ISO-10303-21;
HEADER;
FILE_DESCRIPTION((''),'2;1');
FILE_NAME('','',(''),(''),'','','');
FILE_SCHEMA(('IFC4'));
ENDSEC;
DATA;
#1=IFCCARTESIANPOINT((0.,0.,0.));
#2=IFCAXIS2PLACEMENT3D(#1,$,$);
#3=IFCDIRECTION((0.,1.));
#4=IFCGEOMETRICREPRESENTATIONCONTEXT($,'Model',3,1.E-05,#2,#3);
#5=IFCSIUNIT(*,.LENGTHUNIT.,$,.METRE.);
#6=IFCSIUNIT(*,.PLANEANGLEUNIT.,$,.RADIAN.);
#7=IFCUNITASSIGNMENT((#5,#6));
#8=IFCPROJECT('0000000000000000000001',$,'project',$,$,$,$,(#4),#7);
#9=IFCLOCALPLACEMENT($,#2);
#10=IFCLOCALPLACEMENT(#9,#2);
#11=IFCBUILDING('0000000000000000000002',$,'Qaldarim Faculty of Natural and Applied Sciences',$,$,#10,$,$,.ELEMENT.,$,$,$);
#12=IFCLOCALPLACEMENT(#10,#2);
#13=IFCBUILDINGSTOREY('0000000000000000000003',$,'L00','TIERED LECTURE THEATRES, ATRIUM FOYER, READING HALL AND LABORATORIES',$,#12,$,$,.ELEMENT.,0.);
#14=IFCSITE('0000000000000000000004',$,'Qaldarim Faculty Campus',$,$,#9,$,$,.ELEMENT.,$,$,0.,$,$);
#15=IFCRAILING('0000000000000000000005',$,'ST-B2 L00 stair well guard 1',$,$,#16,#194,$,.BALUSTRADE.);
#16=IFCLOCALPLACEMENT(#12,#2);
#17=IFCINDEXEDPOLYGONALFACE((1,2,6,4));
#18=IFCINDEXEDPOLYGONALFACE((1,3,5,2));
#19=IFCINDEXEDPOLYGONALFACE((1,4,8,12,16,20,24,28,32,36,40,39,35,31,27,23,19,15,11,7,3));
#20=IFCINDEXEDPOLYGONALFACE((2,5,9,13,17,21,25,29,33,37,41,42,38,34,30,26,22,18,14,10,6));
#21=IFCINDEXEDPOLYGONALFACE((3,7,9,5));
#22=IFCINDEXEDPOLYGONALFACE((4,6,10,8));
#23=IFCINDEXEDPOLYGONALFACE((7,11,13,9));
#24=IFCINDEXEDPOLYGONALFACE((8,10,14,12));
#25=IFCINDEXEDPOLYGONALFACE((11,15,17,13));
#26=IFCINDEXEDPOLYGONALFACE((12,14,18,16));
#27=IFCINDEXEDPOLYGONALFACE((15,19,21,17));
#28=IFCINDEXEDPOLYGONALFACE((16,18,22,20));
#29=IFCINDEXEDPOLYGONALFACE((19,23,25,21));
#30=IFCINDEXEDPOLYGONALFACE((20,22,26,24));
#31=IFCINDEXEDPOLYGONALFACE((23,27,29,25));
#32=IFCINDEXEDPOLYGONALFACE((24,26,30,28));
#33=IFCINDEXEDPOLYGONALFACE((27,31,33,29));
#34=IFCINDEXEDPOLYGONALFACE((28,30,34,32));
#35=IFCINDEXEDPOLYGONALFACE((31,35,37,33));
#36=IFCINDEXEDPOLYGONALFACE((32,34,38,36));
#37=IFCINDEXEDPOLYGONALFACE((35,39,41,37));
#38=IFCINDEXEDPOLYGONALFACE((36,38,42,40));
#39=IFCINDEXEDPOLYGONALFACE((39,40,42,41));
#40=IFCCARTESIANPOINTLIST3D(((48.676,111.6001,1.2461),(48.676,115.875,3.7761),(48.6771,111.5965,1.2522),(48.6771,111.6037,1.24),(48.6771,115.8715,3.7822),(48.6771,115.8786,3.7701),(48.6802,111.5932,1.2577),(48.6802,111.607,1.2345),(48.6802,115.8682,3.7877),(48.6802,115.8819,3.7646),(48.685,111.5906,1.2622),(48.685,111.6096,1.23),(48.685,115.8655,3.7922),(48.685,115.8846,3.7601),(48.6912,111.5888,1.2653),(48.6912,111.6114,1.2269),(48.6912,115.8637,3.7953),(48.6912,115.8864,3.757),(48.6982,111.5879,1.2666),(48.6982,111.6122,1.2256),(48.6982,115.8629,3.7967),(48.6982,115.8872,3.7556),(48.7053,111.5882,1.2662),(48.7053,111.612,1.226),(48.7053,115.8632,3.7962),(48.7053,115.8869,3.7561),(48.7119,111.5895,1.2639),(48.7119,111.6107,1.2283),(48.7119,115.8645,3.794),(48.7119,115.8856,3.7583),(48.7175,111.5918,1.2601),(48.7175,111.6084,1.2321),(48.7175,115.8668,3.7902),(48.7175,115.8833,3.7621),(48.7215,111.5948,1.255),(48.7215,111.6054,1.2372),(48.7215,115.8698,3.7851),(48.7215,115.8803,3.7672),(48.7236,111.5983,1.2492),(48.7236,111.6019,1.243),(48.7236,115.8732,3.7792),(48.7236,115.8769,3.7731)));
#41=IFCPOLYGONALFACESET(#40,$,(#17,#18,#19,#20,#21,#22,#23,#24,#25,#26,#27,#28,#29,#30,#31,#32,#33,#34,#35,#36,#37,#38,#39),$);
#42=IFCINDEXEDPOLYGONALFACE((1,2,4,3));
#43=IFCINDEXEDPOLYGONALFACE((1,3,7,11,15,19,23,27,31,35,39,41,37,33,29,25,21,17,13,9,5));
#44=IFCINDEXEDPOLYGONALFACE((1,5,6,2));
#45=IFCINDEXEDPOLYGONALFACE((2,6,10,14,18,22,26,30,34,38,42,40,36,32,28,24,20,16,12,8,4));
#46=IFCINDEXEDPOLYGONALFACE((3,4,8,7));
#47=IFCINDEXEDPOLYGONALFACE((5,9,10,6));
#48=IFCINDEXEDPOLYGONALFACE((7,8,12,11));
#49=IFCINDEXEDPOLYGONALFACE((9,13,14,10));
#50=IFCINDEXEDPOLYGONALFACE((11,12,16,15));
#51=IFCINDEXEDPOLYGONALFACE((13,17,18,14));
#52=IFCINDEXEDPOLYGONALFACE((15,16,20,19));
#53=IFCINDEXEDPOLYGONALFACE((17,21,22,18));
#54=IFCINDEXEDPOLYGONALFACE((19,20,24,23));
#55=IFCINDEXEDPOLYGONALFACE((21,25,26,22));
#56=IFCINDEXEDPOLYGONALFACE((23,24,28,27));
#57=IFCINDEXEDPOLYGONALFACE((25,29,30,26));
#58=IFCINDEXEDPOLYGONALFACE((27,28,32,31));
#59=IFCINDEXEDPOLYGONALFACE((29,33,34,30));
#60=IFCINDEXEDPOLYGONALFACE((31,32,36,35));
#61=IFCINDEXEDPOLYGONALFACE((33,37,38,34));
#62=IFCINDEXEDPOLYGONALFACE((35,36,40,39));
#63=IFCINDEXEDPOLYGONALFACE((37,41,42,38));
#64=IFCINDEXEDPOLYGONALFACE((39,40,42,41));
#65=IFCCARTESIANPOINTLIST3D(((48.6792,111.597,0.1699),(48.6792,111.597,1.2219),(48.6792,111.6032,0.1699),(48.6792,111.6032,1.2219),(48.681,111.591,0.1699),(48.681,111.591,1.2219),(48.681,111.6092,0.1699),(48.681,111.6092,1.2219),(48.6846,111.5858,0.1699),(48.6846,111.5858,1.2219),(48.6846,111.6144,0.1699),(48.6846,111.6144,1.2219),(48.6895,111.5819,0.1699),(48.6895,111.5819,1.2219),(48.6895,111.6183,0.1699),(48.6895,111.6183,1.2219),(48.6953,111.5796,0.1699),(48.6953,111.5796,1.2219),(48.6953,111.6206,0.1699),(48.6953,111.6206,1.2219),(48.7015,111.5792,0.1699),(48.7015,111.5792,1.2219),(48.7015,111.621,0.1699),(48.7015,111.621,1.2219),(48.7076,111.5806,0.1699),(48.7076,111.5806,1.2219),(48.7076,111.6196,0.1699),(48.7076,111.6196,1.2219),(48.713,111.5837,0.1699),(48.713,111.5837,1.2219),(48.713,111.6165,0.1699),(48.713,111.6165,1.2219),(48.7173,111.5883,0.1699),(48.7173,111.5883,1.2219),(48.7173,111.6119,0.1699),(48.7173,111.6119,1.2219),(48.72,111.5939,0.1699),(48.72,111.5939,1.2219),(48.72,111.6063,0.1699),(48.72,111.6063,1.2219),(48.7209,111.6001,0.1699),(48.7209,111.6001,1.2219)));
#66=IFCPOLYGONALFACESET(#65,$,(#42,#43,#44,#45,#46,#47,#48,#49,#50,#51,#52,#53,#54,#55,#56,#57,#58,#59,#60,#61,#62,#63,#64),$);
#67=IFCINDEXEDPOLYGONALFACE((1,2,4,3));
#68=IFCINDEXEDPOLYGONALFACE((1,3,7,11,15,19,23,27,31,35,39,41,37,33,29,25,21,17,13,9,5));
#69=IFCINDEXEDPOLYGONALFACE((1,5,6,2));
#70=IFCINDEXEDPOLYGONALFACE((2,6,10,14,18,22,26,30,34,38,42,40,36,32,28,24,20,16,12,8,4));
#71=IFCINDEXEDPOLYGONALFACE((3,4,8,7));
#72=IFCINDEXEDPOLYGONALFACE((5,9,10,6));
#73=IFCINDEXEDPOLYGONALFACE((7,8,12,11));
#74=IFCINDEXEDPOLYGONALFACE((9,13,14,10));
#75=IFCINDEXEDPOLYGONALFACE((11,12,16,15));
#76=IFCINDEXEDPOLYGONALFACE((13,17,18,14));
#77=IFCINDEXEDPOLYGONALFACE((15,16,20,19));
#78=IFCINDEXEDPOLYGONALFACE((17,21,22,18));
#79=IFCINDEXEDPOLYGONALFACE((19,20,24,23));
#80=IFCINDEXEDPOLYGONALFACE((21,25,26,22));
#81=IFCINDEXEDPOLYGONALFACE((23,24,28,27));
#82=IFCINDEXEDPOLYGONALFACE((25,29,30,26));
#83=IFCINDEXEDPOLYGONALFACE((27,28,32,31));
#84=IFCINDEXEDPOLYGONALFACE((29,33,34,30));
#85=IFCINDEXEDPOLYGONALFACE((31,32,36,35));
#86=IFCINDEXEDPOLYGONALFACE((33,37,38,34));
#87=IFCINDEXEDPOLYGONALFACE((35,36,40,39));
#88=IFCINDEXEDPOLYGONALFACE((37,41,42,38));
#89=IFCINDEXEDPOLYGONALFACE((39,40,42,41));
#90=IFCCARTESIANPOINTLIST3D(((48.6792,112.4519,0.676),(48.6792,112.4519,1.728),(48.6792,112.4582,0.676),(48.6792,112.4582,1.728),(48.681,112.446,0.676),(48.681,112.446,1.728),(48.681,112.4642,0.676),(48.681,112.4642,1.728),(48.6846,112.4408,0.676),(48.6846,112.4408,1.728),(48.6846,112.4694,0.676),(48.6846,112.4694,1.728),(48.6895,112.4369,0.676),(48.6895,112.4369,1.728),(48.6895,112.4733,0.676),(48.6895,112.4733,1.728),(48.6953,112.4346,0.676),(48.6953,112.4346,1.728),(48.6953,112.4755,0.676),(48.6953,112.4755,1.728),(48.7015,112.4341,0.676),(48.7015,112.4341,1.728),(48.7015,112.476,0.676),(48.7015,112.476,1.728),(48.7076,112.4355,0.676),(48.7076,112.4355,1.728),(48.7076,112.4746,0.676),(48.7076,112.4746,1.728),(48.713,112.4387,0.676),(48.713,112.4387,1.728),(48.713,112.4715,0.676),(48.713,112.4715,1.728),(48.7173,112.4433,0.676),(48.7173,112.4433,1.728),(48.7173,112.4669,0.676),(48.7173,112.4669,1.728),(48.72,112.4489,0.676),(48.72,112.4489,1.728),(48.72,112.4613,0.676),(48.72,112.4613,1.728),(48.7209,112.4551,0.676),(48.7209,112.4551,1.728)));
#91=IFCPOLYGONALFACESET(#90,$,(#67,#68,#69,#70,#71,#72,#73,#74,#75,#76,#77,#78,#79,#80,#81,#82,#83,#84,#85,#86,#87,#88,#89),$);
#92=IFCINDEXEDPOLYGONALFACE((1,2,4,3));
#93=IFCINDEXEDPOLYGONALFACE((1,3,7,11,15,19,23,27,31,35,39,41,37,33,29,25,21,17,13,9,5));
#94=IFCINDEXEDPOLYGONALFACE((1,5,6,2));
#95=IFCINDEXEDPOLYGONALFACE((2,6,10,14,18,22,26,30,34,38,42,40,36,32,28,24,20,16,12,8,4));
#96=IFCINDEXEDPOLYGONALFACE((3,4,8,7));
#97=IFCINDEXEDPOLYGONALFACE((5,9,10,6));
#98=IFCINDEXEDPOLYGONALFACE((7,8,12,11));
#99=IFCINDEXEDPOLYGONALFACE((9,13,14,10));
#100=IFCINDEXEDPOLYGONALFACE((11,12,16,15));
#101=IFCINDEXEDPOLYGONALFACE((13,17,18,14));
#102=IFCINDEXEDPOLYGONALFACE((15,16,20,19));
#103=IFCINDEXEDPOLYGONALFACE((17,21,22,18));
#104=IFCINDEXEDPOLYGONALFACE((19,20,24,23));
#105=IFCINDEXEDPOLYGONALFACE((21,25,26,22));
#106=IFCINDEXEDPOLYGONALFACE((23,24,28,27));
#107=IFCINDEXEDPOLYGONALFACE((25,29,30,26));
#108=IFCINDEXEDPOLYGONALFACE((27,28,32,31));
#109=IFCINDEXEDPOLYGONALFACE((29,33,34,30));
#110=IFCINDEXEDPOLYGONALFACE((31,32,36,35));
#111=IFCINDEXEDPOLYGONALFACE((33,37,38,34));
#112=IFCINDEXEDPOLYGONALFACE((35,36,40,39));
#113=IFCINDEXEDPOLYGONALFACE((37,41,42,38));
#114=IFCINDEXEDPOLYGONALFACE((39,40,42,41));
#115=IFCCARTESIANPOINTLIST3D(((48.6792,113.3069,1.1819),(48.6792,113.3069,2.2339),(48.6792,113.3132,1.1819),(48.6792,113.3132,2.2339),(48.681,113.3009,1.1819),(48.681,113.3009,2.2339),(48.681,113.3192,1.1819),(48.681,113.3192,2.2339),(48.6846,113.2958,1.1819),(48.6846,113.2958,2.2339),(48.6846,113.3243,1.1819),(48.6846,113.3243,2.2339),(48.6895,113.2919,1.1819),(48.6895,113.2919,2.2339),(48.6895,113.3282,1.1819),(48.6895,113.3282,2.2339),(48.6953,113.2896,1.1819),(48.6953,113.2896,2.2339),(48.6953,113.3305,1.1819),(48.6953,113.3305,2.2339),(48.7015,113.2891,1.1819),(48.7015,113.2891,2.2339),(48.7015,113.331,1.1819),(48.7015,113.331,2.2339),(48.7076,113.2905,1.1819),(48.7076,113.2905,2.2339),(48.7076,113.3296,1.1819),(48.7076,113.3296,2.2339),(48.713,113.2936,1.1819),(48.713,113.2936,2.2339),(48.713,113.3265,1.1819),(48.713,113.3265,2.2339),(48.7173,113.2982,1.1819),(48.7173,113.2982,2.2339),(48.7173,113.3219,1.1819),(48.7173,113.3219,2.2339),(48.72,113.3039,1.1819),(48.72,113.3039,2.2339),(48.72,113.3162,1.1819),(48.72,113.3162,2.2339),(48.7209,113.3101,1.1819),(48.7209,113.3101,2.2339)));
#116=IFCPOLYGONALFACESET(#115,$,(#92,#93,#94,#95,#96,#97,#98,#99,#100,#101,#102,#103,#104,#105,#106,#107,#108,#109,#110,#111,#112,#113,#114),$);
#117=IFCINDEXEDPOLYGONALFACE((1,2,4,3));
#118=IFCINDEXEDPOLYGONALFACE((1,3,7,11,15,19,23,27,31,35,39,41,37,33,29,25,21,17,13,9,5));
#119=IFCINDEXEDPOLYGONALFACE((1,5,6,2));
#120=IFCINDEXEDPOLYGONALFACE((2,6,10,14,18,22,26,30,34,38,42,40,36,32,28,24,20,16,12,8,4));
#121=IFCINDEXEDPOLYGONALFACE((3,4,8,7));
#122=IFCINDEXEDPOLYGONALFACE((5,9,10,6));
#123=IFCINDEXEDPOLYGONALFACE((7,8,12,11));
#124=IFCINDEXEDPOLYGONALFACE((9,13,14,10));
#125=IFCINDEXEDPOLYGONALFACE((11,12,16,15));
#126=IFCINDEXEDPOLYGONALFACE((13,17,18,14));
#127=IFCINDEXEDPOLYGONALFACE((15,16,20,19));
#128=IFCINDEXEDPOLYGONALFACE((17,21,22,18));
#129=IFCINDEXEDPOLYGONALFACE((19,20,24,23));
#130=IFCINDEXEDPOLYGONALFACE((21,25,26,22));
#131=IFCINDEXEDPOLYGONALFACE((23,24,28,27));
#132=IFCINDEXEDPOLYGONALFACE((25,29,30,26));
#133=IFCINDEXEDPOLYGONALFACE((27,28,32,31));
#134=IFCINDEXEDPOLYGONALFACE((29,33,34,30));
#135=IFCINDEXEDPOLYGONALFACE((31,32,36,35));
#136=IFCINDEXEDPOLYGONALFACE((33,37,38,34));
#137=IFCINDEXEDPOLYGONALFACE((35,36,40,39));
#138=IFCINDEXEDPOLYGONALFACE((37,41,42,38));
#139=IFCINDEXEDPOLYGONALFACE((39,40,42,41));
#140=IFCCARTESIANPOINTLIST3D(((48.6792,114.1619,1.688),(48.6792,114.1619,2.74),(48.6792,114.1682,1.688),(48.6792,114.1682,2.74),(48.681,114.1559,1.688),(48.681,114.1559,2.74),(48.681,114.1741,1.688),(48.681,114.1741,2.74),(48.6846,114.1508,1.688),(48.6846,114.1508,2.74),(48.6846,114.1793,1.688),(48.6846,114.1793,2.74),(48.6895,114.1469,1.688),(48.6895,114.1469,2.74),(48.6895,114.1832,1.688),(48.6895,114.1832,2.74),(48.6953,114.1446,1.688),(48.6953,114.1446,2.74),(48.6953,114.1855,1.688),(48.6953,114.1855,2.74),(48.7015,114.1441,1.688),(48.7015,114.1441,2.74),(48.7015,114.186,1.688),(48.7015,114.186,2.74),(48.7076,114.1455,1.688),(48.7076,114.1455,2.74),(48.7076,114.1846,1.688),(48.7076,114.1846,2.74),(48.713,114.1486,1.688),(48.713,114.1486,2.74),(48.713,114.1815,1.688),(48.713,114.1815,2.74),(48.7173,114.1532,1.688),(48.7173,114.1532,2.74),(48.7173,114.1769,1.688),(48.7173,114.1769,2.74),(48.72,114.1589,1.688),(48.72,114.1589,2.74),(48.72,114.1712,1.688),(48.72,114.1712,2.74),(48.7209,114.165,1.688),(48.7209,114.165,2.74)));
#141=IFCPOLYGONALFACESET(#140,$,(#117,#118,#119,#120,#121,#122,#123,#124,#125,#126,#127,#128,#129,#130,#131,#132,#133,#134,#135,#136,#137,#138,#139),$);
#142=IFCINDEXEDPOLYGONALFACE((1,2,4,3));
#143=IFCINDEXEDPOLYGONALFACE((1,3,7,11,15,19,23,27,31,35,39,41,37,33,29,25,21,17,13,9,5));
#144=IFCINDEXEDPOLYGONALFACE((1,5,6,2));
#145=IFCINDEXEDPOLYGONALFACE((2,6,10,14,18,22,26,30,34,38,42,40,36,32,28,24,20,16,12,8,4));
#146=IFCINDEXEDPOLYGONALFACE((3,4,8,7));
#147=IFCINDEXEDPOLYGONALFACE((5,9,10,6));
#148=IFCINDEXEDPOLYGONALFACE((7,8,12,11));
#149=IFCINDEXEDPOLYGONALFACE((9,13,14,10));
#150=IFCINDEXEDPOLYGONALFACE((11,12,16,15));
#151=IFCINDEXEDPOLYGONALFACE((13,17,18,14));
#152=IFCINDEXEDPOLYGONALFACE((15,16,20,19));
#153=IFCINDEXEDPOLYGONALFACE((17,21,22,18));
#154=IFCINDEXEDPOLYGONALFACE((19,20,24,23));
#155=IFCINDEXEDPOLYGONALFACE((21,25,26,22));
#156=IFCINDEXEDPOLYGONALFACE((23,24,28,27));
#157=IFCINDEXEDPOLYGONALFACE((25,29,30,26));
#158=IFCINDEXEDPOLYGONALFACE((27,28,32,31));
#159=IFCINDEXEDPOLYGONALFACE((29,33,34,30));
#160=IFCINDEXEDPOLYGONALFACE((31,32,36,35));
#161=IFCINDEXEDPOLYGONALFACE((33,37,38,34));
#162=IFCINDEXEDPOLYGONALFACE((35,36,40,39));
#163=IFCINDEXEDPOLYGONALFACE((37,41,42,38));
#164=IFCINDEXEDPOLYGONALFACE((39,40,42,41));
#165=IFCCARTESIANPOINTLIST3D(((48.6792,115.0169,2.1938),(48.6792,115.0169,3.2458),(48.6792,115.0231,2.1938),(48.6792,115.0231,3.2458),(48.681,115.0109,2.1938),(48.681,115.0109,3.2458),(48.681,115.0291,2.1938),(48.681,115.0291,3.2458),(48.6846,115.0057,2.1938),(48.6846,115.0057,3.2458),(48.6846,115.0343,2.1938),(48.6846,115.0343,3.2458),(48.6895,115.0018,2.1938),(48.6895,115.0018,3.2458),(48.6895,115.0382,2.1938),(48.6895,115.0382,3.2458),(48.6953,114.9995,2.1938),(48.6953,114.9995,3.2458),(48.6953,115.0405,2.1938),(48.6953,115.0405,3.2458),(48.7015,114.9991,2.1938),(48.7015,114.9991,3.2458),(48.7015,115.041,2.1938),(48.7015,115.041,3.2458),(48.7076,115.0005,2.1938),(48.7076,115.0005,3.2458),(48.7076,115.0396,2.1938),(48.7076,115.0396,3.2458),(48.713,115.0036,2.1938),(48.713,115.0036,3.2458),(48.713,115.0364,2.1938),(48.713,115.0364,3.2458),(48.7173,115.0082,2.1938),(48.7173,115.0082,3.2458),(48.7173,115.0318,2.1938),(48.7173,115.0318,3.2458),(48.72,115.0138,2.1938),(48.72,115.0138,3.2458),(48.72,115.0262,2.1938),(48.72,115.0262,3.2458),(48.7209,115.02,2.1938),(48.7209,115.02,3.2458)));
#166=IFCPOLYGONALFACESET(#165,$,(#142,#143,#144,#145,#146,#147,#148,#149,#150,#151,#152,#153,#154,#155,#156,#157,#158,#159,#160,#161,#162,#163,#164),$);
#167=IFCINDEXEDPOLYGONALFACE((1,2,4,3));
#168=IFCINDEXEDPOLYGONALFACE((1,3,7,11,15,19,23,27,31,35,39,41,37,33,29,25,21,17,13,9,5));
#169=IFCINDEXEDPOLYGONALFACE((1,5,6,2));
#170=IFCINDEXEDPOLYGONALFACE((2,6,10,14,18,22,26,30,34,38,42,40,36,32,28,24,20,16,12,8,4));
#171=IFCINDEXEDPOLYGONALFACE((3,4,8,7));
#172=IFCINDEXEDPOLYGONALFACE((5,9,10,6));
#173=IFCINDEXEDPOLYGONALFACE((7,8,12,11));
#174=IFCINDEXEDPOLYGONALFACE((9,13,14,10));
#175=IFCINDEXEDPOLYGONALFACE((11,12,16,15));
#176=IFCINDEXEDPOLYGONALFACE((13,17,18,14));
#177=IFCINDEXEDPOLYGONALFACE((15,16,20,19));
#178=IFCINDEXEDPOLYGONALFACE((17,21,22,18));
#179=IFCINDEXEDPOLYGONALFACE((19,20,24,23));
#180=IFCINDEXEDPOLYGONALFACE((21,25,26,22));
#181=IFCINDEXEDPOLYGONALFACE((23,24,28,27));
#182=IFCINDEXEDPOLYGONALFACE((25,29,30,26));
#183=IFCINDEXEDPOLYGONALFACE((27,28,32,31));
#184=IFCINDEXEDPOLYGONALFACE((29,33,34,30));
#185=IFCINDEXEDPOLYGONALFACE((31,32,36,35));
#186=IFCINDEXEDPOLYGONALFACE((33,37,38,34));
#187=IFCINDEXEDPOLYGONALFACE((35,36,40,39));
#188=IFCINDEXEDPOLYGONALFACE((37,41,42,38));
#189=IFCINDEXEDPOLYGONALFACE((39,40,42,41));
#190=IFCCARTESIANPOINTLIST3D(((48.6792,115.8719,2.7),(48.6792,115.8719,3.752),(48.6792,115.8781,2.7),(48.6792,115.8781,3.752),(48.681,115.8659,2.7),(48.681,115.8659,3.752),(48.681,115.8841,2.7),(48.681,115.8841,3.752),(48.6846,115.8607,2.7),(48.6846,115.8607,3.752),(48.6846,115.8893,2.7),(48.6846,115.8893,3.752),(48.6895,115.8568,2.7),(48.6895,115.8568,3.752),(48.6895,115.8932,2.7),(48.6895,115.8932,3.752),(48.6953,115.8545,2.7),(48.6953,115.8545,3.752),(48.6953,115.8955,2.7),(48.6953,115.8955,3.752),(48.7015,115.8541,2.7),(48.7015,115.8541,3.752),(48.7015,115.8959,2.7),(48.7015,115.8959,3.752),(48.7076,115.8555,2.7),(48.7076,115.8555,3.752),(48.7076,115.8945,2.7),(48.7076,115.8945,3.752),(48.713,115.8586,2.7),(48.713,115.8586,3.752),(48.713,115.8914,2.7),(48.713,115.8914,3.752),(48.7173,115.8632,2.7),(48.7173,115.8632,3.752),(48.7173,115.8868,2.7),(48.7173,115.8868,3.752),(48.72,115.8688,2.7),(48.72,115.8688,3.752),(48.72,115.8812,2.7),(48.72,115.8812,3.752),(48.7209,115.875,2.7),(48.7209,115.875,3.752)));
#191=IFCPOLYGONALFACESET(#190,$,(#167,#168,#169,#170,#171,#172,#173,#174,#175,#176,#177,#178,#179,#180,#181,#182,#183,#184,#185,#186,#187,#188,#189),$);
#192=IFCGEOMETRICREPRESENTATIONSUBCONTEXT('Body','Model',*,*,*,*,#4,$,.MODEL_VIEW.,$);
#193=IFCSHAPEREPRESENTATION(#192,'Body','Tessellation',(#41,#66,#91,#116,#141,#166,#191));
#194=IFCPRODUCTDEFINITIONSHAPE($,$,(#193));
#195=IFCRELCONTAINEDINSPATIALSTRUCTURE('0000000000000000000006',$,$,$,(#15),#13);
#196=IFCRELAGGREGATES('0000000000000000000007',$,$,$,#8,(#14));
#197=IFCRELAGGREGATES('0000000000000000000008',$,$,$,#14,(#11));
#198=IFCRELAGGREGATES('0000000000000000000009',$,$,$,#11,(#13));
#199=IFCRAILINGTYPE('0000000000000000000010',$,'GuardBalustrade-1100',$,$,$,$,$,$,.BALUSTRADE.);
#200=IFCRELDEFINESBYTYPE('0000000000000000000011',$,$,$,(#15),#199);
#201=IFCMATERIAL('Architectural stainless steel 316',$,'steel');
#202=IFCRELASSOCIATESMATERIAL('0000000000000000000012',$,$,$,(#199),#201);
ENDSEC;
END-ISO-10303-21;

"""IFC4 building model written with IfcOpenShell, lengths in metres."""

from ifc_helpers import new_model, si_unit, direction, frame, origin, origin_2d, place, context, subcontext, project, spatial, circle, extrude, material, type_object, element, save


model = new_model("IFC4")

# Units and contexts
model_context = context("Model", 3, precision=1e-05, world=origin(), true_north=direction((0.0, 1.0)))
body_context = subcontext(model_context, "Body", "Model", "MODEL_VIEW")
ifc_project = project(units=[si_unit("LENGTHUNIT", "METRE"), si_unit("PLANEANGLEUNIT", "RADIAN")], contexts=[model_context])

# Site, building, storey
site_placement = place(None, origin())
site = spatial("IfcSite", under=ifc_project, at=site_placement, Name="Qaldarim Faculty Campus", CompositionType="ELEMENT", RefElevation=0.0)
building_placement = place(site_placement, origin())
building = spatial("IfcBuilding", under=site, at=building_placement, Name="Qaldarim Faculty of Natural and Applied Sciences", CompositionType="ELEMENT")
storey_placement = place(building_placement, origin())
storey = spatial("IfcBuildingStorey", under=building, at=storey_placement, Name="L00", Description="TIERED LECTURE THEATRES, ATRIUM FOYER, READING HALL AND LABORATORIES", CompositionType="ELEMENT", Elevation=0.0)

# Shared definitions
ifc_material_1 = material(Name="Architectural stainless steel 316", Category="steel")

# Railing
railing_type_1 = type_object("IfcRailingType", Name="GuardBalustrade-1100", PredefinedType="BALUSTRADE", material=ifc_material_1)
railing_1_placement = place(storey_placement, frame((48.7, 111.6001, 0.1699)))
element("IfcRailing", 1, at=railing_1_placement, inside=storey, type_object=railing_type_1, Name="ST-B2 L00 stair well guard 1", PredefinedType="BALUSTRADE", context=body_context, shape_type="SweptSolid", body=[
    extrude(circle(Radius=0.0239, at=origin_2d()), frame((0.0, 0.0, 1.0762), z_axis=(0.0, 0.860578, 0.509319), x_axis=(-1.0, 0.0, 0.0)), (0.0, 0.0, 1.0), 4.9675),
    extrude(circle(Radius=0.021, at=origin_2d()), origin(), (0.0, 0.0, 1.0), 1.052),
    extrude(circle(Radius=0.021, at=origin_2d()), frame((0.0, 0.855, 0.5061)), (0.0, 0.0, 1.0), 1.052),
    extrude(circle(Radius=0.021, at=origin_2d()), frame((0.0, 1.71, 1.012)), (0.0, 0.0, 1.0), 1.052),
    extrude(circle(Radius=0.021, at=origin_2d()), frame((0.0, 2.5649, 1.5181)), (0.0, 0.0, 1.0), 1.052),
    extrude(circle(Radius=0.021, at=origin_2d()), frame((0.0, 3.4199, 2.0239)), (0.0, 0.0, 1.0), 1.052),
    extrude(circle(Radius=0.021, at=origin_2d()), frame((0.0, 4.2749, 2.53)), (0.0, 0.0, 1.0), 1.052),
])

save(model, "model.ifc")
